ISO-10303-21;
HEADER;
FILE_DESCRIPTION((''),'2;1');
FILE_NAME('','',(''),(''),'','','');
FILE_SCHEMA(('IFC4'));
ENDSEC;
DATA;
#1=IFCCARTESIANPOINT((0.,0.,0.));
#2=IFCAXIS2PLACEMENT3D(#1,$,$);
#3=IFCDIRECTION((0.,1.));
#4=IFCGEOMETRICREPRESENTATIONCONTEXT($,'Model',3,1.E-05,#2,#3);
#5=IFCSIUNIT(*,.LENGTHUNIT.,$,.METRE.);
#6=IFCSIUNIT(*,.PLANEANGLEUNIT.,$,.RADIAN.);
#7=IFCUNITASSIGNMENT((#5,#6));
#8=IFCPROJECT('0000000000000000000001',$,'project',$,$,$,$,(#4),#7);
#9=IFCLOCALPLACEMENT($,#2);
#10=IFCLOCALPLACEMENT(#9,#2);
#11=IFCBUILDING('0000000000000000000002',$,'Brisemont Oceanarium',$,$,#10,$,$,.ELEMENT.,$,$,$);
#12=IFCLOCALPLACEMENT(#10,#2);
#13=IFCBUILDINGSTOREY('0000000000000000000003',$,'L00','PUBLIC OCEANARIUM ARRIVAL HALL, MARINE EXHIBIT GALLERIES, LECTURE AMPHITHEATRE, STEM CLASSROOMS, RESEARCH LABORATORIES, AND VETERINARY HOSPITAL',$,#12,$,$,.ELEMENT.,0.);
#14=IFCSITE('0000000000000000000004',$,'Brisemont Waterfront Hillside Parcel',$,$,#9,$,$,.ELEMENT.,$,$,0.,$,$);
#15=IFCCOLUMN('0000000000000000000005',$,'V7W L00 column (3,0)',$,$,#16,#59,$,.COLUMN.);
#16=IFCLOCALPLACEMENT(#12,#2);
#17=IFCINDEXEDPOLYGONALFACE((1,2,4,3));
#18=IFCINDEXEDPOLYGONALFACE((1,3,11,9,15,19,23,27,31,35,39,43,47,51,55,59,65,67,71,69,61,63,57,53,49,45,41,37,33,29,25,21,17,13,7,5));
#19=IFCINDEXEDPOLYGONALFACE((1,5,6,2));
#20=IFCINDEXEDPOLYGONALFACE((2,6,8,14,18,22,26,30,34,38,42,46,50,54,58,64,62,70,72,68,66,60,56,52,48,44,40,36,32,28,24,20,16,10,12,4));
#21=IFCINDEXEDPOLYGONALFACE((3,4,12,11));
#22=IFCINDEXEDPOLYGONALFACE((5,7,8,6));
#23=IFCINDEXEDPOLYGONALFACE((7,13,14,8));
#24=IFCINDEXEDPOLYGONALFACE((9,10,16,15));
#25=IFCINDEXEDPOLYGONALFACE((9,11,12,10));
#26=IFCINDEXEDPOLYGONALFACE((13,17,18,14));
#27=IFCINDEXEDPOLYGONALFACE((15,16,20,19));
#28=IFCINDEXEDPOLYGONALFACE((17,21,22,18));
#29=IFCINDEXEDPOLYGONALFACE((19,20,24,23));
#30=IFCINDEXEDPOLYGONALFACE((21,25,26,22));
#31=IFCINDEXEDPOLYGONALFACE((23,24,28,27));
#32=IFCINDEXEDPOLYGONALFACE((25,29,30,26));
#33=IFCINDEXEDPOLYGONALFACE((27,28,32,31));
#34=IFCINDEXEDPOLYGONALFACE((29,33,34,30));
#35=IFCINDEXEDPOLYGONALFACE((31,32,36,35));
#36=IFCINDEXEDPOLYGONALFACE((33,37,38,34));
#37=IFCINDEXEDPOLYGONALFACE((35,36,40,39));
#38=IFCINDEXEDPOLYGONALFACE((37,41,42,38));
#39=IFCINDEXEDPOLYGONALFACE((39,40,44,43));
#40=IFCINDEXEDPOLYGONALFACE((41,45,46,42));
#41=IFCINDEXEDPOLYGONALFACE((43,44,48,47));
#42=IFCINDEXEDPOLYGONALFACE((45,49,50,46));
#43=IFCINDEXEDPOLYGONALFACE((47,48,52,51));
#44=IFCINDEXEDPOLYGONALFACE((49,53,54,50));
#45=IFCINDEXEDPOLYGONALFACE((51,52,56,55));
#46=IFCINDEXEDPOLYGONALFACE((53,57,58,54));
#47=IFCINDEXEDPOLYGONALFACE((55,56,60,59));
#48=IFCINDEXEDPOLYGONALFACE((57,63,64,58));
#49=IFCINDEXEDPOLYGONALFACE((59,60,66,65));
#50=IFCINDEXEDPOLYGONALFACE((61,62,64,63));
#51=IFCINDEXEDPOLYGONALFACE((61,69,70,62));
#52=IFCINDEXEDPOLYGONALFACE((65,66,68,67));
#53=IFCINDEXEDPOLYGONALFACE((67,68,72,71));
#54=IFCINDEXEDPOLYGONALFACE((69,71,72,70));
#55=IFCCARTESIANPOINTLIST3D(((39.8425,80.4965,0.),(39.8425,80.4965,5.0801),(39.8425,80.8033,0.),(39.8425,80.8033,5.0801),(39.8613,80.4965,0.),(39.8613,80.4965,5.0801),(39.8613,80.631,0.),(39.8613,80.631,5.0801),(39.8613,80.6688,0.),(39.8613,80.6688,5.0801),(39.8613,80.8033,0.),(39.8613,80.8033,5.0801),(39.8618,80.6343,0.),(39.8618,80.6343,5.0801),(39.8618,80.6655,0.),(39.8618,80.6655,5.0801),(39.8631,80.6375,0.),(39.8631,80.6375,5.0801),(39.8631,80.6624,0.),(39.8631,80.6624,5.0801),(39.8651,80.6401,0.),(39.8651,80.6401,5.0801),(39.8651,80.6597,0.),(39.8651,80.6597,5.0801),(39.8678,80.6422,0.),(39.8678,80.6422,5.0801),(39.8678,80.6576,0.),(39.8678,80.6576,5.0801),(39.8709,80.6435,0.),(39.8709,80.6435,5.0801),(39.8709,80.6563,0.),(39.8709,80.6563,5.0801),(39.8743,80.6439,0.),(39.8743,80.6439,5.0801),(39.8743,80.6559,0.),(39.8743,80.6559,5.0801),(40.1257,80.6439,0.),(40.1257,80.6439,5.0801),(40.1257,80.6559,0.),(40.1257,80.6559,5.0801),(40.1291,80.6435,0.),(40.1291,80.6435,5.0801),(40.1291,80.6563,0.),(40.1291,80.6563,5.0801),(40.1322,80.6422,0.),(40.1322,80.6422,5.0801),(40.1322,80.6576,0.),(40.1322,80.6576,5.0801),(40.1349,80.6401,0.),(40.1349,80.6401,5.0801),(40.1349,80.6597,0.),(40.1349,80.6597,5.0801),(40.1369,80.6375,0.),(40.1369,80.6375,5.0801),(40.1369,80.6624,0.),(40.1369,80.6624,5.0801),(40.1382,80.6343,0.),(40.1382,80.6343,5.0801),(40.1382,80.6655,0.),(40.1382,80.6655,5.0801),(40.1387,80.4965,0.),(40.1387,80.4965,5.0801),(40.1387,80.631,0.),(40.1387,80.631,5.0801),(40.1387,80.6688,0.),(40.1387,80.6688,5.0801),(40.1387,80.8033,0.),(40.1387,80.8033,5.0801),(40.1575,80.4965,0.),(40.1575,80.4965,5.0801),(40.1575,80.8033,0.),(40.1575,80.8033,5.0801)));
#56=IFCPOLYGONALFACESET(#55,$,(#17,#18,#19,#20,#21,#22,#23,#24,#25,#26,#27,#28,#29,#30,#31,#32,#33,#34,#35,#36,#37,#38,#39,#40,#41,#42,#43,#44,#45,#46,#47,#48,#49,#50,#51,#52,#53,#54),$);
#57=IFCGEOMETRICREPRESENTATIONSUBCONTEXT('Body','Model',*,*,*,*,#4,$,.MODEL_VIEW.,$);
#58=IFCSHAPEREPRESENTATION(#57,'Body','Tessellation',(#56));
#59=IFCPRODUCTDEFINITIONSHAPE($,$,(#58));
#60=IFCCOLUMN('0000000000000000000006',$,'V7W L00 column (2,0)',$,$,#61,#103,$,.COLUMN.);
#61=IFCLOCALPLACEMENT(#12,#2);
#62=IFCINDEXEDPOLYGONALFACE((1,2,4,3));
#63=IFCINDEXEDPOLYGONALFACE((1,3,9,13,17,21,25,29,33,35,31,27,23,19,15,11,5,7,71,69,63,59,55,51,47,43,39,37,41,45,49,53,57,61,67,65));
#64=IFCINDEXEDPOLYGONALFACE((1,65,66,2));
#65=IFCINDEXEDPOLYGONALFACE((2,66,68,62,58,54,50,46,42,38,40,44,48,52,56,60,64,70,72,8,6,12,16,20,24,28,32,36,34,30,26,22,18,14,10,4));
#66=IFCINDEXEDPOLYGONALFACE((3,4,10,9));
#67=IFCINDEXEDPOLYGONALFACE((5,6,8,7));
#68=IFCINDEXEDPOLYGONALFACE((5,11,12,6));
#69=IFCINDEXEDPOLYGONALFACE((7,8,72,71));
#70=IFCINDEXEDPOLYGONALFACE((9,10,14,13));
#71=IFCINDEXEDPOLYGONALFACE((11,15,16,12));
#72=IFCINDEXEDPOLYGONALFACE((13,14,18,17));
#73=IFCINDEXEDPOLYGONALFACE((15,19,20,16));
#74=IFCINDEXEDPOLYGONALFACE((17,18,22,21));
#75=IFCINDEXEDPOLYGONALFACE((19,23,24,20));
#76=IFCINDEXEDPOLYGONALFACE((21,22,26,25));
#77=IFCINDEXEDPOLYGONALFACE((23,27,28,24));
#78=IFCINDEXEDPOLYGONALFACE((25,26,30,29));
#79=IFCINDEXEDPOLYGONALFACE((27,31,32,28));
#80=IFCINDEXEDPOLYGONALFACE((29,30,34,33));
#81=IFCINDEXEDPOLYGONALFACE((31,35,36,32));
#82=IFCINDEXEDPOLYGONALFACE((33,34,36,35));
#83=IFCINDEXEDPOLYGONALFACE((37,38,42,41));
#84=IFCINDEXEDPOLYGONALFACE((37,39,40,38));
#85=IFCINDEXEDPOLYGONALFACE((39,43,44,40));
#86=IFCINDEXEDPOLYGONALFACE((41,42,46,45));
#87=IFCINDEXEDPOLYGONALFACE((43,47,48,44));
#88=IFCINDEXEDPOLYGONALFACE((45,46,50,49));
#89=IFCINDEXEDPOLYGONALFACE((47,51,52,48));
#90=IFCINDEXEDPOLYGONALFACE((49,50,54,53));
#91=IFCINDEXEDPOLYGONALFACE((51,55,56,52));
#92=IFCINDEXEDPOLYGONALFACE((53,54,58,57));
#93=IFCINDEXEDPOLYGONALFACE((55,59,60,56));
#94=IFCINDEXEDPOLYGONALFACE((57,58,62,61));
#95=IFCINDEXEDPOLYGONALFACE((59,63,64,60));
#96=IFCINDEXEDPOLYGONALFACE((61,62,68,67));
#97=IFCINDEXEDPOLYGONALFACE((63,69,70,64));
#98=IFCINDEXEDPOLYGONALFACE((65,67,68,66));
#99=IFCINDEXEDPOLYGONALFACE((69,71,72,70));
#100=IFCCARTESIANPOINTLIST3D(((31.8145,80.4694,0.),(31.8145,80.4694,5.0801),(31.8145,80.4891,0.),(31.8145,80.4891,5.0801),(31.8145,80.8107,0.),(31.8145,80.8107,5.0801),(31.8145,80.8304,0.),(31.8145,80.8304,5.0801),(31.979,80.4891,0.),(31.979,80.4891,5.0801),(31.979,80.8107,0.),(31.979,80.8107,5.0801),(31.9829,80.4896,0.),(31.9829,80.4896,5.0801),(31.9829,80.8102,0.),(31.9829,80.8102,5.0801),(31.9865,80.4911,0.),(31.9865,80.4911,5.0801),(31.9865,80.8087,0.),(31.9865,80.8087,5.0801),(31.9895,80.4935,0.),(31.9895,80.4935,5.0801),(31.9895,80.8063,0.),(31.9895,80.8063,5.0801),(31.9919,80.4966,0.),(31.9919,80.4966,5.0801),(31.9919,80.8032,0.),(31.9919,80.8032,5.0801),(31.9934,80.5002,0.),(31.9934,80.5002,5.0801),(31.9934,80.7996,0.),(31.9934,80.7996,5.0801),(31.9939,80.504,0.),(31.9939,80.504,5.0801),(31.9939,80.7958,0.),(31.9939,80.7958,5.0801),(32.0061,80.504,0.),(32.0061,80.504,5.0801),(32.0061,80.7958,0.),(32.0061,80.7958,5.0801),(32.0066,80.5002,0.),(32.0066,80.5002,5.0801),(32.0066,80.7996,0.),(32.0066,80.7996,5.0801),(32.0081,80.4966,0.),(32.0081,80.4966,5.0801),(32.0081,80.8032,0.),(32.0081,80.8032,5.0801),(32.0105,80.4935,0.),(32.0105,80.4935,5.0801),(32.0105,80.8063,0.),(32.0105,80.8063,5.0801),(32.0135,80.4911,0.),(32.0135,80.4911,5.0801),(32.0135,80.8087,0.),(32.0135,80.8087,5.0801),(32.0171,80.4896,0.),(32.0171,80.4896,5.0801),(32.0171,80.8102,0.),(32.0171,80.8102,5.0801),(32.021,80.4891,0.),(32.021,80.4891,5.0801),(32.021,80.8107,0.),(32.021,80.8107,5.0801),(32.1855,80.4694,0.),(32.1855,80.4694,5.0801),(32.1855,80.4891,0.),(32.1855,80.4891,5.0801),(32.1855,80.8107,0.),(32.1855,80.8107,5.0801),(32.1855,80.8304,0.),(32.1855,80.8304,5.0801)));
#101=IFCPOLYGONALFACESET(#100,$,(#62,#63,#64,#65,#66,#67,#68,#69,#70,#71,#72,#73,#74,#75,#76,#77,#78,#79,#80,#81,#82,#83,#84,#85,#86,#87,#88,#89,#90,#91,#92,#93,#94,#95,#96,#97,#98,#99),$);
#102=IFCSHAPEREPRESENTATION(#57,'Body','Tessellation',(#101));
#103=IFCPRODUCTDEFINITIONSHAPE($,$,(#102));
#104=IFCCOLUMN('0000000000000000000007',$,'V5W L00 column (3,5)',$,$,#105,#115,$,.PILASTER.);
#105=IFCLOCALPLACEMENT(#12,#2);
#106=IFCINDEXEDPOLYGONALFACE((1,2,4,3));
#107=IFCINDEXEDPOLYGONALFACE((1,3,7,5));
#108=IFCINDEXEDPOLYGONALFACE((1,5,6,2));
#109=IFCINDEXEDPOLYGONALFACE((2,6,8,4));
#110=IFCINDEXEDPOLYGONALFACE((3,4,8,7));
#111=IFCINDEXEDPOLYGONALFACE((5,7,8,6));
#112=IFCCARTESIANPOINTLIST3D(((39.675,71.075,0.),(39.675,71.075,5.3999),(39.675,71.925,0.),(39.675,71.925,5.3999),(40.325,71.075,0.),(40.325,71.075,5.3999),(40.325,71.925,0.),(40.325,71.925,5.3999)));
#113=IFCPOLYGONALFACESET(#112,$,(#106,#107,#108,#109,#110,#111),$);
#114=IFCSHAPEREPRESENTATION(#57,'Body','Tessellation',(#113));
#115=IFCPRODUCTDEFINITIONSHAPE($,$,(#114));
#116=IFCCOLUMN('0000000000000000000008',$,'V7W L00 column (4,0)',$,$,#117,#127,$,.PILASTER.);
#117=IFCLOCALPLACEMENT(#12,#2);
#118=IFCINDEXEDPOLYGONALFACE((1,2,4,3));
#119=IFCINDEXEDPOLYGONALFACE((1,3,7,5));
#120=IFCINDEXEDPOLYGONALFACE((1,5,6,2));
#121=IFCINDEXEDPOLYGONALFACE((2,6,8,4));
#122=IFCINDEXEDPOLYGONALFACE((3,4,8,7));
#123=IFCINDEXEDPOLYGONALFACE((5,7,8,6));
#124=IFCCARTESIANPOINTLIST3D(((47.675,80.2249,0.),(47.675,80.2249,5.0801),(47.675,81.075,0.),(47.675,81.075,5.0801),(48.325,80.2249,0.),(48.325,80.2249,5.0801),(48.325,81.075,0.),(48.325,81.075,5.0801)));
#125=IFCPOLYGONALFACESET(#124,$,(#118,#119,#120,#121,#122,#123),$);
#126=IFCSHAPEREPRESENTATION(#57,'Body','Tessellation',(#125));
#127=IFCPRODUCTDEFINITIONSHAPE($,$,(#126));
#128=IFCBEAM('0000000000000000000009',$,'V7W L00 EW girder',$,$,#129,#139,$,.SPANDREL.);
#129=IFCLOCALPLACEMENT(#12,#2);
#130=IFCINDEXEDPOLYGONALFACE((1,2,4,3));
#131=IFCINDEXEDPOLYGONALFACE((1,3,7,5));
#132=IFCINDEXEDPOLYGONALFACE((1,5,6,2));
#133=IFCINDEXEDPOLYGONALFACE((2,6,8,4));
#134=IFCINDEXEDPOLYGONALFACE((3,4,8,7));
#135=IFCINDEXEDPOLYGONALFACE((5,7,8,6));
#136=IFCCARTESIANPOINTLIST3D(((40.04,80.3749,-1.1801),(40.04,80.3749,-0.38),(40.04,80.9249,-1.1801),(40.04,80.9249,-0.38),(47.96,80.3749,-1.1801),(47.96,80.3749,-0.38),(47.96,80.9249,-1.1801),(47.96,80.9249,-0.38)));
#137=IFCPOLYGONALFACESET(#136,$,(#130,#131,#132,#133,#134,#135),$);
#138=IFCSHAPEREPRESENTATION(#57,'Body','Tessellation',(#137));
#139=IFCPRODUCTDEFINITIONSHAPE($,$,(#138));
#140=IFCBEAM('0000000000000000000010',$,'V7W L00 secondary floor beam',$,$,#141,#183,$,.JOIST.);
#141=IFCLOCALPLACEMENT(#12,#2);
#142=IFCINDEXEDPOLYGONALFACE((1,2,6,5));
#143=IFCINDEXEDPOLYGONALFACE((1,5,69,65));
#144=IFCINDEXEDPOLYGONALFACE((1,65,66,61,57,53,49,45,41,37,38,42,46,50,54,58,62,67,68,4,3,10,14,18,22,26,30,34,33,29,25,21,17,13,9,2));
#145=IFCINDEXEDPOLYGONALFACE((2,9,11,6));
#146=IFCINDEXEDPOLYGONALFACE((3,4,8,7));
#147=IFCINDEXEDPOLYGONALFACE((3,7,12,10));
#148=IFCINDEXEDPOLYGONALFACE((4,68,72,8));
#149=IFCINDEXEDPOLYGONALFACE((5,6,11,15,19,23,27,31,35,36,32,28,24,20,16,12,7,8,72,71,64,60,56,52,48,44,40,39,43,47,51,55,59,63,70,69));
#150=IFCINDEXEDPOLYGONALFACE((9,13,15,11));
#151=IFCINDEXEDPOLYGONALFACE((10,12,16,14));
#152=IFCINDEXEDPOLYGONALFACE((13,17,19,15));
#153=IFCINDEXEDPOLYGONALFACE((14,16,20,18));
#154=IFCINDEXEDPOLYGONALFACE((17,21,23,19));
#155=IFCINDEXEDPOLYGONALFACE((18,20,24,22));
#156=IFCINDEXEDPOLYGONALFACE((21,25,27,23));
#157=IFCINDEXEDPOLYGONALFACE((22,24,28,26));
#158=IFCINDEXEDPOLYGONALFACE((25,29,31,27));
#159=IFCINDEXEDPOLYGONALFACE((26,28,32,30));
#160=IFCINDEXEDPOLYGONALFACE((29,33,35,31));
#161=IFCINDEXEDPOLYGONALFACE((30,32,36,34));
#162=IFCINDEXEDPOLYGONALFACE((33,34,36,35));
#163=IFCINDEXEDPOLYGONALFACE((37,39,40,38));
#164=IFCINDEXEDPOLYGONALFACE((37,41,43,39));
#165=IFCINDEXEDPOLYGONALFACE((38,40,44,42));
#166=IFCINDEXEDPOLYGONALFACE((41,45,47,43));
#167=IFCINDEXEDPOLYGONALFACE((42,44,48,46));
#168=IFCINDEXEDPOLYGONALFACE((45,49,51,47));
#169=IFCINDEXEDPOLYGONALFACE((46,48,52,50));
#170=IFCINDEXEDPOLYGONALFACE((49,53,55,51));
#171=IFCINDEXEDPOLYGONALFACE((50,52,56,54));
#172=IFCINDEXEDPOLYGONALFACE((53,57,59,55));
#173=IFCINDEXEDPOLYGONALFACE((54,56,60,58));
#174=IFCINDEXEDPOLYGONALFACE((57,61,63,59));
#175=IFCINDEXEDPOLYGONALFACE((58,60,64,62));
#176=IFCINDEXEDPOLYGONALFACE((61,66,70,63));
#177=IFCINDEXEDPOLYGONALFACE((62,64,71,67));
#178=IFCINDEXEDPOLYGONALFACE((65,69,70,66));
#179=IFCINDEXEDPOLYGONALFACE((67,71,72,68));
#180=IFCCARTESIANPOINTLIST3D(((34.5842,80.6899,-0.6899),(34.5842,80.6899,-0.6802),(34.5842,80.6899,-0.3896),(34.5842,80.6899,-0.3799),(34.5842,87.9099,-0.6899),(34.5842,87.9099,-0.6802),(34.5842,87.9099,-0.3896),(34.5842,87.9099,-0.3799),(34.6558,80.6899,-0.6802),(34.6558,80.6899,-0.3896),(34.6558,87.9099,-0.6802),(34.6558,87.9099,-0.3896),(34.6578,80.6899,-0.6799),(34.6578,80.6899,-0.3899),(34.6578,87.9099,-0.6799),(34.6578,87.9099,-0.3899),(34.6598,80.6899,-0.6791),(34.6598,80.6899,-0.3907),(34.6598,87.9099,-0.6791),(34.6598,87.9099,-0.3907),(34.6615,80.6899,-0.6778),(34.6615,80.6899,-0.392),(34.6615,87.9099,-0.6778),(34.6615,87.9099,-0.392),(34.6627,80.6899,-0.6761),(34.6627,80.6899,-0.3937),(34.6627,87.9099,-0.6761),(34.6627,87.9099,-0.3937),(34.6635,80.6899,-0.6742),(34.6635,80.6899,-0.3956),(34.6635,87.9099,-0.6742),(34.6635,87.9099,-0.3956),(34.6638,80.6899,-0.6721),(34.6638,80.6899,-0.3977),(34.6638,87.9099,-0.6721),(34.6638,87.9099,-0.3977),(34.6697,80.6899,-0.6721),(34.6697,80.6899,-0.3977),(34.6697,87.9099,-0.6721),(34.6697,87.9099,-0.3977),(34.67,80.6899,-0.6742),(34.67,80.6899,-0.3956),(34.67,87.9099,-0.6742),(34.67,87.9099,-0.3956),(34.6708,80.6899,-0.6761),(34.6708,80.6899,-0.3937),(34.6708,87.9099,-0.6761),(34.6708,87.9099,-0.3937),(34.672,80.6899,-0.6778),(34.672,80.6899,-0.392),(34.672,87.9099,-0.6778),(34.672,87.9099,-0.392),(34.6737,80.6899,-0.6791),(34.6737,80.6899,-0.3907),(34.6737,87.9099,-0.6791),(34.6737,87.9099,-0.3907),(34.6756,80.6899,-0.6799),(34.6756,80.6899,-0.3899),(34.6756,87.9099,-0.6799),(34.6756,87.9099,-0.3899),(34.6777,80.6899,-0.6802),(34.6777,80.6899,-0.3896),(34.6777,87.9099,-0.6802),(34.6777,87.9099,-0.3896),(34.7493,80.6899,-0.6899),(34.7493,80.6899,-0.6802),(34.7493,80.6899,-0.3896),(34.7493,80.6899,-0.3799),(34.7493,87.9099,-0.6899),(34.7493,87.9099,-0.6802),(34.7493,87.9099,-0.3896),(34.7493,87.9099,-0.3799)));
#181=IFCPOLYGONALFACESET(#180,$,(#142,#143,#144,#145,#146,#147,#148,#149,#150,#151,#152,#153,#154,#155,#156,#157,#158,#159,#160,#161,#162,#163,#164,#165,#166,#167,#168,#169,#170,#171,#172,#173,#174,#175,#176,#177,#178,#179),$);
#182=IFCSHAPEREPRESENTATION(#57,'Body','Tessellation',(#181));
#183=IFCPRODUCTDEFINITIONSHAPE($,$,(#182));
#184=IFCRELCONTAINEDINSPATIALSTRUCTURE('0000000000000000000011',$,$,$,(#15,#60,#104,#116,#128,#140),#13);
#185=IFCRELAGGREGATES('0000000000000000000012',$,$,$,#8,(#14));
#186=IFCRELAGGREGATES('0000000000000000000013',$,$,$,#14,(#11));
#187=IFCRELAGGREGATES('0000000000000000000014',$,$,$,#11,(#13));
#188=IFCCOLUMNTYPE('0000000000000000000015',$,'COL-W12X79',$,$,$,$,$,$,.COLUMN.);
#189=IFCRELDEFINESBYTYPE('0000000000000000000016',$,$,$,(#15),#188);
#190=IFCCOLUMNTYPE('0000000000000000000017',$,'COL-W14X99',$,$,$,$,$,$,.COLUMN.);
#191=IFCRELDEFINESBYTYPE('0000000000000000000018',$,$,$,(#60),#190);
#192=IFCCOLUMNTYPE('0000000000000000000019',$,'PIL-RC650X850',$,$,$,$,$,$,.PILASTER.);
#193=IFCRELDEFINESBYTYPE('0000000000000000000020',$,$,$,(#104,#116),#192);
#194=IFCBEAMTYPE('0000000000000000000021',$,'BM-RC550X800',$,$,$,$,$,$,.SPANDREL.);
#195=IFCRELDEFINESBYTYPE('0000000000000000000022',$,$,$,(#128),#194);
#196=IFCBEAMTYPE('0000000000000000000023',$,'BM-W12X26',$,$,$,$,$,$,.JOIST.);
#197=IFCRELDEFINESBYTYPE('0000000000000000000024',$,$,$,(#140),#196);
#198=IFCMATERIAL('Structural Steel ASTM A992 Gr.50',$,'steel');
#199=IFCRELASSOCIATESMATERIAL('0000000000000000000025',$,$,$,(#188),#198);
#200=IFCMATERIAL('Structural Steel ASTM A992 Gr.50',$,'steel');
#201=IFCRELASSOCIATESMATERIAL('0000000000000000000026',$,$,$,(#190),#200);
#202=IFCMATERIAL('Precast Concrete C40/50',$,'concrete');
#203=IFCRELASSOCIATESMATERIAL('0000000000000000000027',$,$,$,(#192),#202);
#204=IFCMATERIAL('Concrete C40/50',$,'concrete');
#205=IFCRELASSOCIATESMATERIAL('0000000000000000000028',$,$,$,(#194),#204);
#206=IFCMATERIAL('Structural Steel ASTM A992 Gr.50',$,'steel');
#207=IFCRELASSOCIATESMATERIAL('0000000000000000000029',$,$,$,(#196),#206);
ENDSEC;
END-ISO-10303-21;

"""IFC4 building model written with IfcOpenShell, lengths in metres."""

from ifc_helpers import new_model, si_unit, direction, frame, origin, origin_2d, place, context, subcontext, project, spatial, rectangle, i_section, extrude, material, material_profile, profile_set, type_object, element, save


model = new_model("IFC4")

# Units and contexts
model_context = context("Model", 3, precision=1e-05, world=origin(), true_north=direction((0.0, 1.0)))
body_context = subcontext(model_context, "Body", "Model", "MODEL_VIEW")
ifc_project = project(units=[si_unit("LENGTHUNIT", "METRE"), si_unit("PLANEANGLEUNIT", "RADIAN")], contexts=[model_context])

# Site, building, storey
site_placement = place(None, origin())
site = spatial("IfcSite", under=ifc_project, at=site_placement, Name="Brisemont Waterfront Hillside Parcel", CompositionType="ELEMENT", RefElevation=0.0)
building_placement = place(site_placement, origin())
building = spatial("IfcBuilding", under=site, at=building_placement, Name="Brisemont Oceanarium", CompositionType="ELEMENT")
storey_placement = place(building_placement, origin())
storey = spatial("IfcBuildingStorey", under=building, at=storey_placement, Name="L00", Description="PUBLIC OCEANARIUM ARRIVAL HALL, MARINE EXHIBIT GALLERIES, LECTURE AMPHITHEATRE, STEM CLASSROOMS, RESEARCH LABORATORIES, AND VETERINARY HOSPITAL", CompositionType="ELEMENT", Elevation=0.0)

# Columns
ifc_material_1 = material(Name="Structural Steel ASTM A992 Gr.50", Category="steel")
ifc_material_profile_1 = material_profile(ifc_material_1, i_section(OverallWidth=0.3069, OverallDepth=0.3149, WebThickness=0.012, FlangeThickness=0.0188, FilletRadius=0.0129, at=origin_2d()), Name="W12X79")
ifc_profile_set_1 = profile_set([ifc_material_profile_1], Name="Structural Steel ASTM A992 Gr.50")
column_type_1 = type_object("IfcColumnType", Name="COL-W12X79", PredefinedType="COLUMN", material=ifc_profile_set_1)
column_1_placement = place(storey_placement, frame((40.0, 80.6499, 0.0), z_axis=(0.0, 0.0, 1.0), x_axis=(0.0, 1.0, 0.0)))
element("IfcColumn", 1, at=column_1_placement, inside=storey, type_object=column_type_1, Name="V7W L00 column (3,0)", PredefinedType="COLUMN", context=body_context, shape_type="SweptSolid", body=[
    extrude(i_section(OverallWidth=0.3069, OverallDepth=0.3149, WebThickness=0.012, FlangeThickness=0.0188, FilletRadius=0.0129, at=origin_2d()), origin(), (0.0, 0.0, 1.0), 5.0801),
])
ifc_material_2 = material(Name="Structural Steel ASTM A992 Gr.50", Category="steel")
ifc_material_profile_2 = material_profile(ifc_material_2, i_section(OverallWidth=0.3711, OverallDepth=0.3611, WebThickness=0.0122, FlangeThickness=0.0198, FilletRadius=0.0149, at=origin_2d()), Name="W14X99")
ifc_profile_set_2 = profile_set([ifc_material_profile_2], Name="Structural Steel ASTM A992 Gr.50")
column_type_2 = type_object("IfcColumnType", Name="COL-W14X99", PredefinedType="COLUMN", material=ifc_profile_set_2)
column_2_placement = place(storey_placement, frame((32.0, 80.6499, 0.0), z_axis=(0.0, 0.0, 1.0), x_axis=(1.0, 0.0, 0.0)))
element("IfcColumn", 2, at=column_2_placement, inside=storey, type_object=column_type_2, Name="V7W L00 column (2,0)", PredefinedType="COLUMN", context=body_context, shape_type="SweptSolid", body=[
    extrude(i_section(OverallWidth=0.3711, OverallDepth=0.3611, WebThickness=0.0122, FlangeThickness=0.0198, FilletRadius=0.0149, at=origin_2d()), origin(), (0.0, 0.0, 1.0), 5.0801),
])
ifc_material_3 = material(Name="Precast Concrete C40/50", Category="concrete")
ifc_material_profile_3 = material_profile(ifc_material_3, rectangle(XDim=0.6499, YDim=0.8501, at=origin_2d()), Name="RC-PIL-650X850")
ifc_profile_set_3 = profile_set([ifc_material_profile_3], Name="Precast Concrete C40/50")
column_type_3 = type_object("IfcColumnType", Name="PIL-RC650X850", PredefinedType="PILASTER", material=ifc_profile_set_3)
column_3_placement = place(storey_placement, frame((40.0, 71.5, 0.0), z_axis=(0.0, 0.0, 1.0), x_axis=(1.0, 0.0, 0.0)))
element("IfcColumn", 3, at=column_3_placement, inside=storey, type_object=column_type_3, Name="V5W L00 column (3,5)", PredefinedType="PILASTER", context=body_context, shape_type="SweptSolid", body=[
    extrude(rectangle(XDim=0.6499, YDim=0.8501, at=origin_2d()), origin(), (0.0, 0.0, 1.0), 5.3999),
])
column_4_placement = place(storey_placement, frame((48.0, 80.6499, 0.0), z_axis=(0.0, 0.0, 1.0), x_axis=(1.0, 0.0, 0.0)))
element("IfcColumn", 4, at=column_4_placement, inside=storey, type_object=column_type_3, Name="V7W L00 column (4,0)", PredefinedType="PILASTER", context=body_context, shape_type="SweptSolid", body=[
    extrude(rectangle(XDim=0.6499, YDim=0.8501, at=origin_2d()), origin(), (0.0, 0.0, 1.0), 5.0801),
])

# Beams
ifc_material_4 = material(Name="Concrete C40/50", Category="concrete")
ifc_material_profile_4 = material_profile(ifc_material_4, rectangle(XDim=0.55, YDim=0.8, at=origin_2d()), Name="RC-BM-550X800")
ifc_profile_set_4 = profile_set([ifc_material_profile_4], Name="Concrete C40/50")
beam_type_1 = type_object("IfcBeamType", Name="BM-RC550X800", PredefinedType="SPANDREL", material=ifc_profile_set_4)
beam_1_placement = place(storey_placement, frame((40.04, 80.6499, -0.78), z_axis=(1.0, 0.0, 0.0), x_axis=(0.0, 1.0, 0.0)))
element("IfcBeam", 5, at=beam_1_placement, inside=storey, type_object=beam_type_1, Name="V7W L00 EW girder", PredefinedType="SPANDREL", context=body_context, shape_type="SweptSolid", body=[
    extrude(rectangle(XDim=0.55, YDim=0.8, at=origin_2d()), origin(), (0.0, 0.0, 1.0), 7.9199),
])
ifc_material_5 = material(Name="Structural Steel ASTM A992 Gr.50", Category="steel")
ifc_material_profile_5 = material_profile(ifc_material_5, i_section(OverallWidth=0.165, OverallDepth=0.3101, WebThickness=0.0059, FlangeThickness=0.0098, FilletRadius=0.0081, at=origin_2d()), Name="W12X26")
ifc_profile_set_5 = profile_set([ifc_material_profile_5], Name="Structural Steel ASTM A992 Gr.50")
beam_type_2 = type_object("IfcBeamType", Name="BM-W12X26", PredefinedType="JOIST", material=ifc_profile_set_5)
beam_2_placement = place(storey_placement, frame((34.6667, 80.6899, -0.5349), z_axis=(0.0, 1.0, 0.0), x_axis=(-1.0, 0.0, 0.0)))
element("IfcBeam", 6, at=beam_2_placement, inside=storey, type_object=beam_type_2, Name="V7W L00 secondary floor beam", PredefinedType="JOIST", context=body_context, shape_type="SweptSolid", body=[
    extrude(i_section(OverallWidth=0.165, OverallDepth=0.3101, WebThickness=0.0059, FlangeThickness=0.0098, FilletRadius=0.0081, at=origin_2d()), origin(), (0.0, 0.0, 1.0), 7.22),
])

save(model, "model.ifc")
